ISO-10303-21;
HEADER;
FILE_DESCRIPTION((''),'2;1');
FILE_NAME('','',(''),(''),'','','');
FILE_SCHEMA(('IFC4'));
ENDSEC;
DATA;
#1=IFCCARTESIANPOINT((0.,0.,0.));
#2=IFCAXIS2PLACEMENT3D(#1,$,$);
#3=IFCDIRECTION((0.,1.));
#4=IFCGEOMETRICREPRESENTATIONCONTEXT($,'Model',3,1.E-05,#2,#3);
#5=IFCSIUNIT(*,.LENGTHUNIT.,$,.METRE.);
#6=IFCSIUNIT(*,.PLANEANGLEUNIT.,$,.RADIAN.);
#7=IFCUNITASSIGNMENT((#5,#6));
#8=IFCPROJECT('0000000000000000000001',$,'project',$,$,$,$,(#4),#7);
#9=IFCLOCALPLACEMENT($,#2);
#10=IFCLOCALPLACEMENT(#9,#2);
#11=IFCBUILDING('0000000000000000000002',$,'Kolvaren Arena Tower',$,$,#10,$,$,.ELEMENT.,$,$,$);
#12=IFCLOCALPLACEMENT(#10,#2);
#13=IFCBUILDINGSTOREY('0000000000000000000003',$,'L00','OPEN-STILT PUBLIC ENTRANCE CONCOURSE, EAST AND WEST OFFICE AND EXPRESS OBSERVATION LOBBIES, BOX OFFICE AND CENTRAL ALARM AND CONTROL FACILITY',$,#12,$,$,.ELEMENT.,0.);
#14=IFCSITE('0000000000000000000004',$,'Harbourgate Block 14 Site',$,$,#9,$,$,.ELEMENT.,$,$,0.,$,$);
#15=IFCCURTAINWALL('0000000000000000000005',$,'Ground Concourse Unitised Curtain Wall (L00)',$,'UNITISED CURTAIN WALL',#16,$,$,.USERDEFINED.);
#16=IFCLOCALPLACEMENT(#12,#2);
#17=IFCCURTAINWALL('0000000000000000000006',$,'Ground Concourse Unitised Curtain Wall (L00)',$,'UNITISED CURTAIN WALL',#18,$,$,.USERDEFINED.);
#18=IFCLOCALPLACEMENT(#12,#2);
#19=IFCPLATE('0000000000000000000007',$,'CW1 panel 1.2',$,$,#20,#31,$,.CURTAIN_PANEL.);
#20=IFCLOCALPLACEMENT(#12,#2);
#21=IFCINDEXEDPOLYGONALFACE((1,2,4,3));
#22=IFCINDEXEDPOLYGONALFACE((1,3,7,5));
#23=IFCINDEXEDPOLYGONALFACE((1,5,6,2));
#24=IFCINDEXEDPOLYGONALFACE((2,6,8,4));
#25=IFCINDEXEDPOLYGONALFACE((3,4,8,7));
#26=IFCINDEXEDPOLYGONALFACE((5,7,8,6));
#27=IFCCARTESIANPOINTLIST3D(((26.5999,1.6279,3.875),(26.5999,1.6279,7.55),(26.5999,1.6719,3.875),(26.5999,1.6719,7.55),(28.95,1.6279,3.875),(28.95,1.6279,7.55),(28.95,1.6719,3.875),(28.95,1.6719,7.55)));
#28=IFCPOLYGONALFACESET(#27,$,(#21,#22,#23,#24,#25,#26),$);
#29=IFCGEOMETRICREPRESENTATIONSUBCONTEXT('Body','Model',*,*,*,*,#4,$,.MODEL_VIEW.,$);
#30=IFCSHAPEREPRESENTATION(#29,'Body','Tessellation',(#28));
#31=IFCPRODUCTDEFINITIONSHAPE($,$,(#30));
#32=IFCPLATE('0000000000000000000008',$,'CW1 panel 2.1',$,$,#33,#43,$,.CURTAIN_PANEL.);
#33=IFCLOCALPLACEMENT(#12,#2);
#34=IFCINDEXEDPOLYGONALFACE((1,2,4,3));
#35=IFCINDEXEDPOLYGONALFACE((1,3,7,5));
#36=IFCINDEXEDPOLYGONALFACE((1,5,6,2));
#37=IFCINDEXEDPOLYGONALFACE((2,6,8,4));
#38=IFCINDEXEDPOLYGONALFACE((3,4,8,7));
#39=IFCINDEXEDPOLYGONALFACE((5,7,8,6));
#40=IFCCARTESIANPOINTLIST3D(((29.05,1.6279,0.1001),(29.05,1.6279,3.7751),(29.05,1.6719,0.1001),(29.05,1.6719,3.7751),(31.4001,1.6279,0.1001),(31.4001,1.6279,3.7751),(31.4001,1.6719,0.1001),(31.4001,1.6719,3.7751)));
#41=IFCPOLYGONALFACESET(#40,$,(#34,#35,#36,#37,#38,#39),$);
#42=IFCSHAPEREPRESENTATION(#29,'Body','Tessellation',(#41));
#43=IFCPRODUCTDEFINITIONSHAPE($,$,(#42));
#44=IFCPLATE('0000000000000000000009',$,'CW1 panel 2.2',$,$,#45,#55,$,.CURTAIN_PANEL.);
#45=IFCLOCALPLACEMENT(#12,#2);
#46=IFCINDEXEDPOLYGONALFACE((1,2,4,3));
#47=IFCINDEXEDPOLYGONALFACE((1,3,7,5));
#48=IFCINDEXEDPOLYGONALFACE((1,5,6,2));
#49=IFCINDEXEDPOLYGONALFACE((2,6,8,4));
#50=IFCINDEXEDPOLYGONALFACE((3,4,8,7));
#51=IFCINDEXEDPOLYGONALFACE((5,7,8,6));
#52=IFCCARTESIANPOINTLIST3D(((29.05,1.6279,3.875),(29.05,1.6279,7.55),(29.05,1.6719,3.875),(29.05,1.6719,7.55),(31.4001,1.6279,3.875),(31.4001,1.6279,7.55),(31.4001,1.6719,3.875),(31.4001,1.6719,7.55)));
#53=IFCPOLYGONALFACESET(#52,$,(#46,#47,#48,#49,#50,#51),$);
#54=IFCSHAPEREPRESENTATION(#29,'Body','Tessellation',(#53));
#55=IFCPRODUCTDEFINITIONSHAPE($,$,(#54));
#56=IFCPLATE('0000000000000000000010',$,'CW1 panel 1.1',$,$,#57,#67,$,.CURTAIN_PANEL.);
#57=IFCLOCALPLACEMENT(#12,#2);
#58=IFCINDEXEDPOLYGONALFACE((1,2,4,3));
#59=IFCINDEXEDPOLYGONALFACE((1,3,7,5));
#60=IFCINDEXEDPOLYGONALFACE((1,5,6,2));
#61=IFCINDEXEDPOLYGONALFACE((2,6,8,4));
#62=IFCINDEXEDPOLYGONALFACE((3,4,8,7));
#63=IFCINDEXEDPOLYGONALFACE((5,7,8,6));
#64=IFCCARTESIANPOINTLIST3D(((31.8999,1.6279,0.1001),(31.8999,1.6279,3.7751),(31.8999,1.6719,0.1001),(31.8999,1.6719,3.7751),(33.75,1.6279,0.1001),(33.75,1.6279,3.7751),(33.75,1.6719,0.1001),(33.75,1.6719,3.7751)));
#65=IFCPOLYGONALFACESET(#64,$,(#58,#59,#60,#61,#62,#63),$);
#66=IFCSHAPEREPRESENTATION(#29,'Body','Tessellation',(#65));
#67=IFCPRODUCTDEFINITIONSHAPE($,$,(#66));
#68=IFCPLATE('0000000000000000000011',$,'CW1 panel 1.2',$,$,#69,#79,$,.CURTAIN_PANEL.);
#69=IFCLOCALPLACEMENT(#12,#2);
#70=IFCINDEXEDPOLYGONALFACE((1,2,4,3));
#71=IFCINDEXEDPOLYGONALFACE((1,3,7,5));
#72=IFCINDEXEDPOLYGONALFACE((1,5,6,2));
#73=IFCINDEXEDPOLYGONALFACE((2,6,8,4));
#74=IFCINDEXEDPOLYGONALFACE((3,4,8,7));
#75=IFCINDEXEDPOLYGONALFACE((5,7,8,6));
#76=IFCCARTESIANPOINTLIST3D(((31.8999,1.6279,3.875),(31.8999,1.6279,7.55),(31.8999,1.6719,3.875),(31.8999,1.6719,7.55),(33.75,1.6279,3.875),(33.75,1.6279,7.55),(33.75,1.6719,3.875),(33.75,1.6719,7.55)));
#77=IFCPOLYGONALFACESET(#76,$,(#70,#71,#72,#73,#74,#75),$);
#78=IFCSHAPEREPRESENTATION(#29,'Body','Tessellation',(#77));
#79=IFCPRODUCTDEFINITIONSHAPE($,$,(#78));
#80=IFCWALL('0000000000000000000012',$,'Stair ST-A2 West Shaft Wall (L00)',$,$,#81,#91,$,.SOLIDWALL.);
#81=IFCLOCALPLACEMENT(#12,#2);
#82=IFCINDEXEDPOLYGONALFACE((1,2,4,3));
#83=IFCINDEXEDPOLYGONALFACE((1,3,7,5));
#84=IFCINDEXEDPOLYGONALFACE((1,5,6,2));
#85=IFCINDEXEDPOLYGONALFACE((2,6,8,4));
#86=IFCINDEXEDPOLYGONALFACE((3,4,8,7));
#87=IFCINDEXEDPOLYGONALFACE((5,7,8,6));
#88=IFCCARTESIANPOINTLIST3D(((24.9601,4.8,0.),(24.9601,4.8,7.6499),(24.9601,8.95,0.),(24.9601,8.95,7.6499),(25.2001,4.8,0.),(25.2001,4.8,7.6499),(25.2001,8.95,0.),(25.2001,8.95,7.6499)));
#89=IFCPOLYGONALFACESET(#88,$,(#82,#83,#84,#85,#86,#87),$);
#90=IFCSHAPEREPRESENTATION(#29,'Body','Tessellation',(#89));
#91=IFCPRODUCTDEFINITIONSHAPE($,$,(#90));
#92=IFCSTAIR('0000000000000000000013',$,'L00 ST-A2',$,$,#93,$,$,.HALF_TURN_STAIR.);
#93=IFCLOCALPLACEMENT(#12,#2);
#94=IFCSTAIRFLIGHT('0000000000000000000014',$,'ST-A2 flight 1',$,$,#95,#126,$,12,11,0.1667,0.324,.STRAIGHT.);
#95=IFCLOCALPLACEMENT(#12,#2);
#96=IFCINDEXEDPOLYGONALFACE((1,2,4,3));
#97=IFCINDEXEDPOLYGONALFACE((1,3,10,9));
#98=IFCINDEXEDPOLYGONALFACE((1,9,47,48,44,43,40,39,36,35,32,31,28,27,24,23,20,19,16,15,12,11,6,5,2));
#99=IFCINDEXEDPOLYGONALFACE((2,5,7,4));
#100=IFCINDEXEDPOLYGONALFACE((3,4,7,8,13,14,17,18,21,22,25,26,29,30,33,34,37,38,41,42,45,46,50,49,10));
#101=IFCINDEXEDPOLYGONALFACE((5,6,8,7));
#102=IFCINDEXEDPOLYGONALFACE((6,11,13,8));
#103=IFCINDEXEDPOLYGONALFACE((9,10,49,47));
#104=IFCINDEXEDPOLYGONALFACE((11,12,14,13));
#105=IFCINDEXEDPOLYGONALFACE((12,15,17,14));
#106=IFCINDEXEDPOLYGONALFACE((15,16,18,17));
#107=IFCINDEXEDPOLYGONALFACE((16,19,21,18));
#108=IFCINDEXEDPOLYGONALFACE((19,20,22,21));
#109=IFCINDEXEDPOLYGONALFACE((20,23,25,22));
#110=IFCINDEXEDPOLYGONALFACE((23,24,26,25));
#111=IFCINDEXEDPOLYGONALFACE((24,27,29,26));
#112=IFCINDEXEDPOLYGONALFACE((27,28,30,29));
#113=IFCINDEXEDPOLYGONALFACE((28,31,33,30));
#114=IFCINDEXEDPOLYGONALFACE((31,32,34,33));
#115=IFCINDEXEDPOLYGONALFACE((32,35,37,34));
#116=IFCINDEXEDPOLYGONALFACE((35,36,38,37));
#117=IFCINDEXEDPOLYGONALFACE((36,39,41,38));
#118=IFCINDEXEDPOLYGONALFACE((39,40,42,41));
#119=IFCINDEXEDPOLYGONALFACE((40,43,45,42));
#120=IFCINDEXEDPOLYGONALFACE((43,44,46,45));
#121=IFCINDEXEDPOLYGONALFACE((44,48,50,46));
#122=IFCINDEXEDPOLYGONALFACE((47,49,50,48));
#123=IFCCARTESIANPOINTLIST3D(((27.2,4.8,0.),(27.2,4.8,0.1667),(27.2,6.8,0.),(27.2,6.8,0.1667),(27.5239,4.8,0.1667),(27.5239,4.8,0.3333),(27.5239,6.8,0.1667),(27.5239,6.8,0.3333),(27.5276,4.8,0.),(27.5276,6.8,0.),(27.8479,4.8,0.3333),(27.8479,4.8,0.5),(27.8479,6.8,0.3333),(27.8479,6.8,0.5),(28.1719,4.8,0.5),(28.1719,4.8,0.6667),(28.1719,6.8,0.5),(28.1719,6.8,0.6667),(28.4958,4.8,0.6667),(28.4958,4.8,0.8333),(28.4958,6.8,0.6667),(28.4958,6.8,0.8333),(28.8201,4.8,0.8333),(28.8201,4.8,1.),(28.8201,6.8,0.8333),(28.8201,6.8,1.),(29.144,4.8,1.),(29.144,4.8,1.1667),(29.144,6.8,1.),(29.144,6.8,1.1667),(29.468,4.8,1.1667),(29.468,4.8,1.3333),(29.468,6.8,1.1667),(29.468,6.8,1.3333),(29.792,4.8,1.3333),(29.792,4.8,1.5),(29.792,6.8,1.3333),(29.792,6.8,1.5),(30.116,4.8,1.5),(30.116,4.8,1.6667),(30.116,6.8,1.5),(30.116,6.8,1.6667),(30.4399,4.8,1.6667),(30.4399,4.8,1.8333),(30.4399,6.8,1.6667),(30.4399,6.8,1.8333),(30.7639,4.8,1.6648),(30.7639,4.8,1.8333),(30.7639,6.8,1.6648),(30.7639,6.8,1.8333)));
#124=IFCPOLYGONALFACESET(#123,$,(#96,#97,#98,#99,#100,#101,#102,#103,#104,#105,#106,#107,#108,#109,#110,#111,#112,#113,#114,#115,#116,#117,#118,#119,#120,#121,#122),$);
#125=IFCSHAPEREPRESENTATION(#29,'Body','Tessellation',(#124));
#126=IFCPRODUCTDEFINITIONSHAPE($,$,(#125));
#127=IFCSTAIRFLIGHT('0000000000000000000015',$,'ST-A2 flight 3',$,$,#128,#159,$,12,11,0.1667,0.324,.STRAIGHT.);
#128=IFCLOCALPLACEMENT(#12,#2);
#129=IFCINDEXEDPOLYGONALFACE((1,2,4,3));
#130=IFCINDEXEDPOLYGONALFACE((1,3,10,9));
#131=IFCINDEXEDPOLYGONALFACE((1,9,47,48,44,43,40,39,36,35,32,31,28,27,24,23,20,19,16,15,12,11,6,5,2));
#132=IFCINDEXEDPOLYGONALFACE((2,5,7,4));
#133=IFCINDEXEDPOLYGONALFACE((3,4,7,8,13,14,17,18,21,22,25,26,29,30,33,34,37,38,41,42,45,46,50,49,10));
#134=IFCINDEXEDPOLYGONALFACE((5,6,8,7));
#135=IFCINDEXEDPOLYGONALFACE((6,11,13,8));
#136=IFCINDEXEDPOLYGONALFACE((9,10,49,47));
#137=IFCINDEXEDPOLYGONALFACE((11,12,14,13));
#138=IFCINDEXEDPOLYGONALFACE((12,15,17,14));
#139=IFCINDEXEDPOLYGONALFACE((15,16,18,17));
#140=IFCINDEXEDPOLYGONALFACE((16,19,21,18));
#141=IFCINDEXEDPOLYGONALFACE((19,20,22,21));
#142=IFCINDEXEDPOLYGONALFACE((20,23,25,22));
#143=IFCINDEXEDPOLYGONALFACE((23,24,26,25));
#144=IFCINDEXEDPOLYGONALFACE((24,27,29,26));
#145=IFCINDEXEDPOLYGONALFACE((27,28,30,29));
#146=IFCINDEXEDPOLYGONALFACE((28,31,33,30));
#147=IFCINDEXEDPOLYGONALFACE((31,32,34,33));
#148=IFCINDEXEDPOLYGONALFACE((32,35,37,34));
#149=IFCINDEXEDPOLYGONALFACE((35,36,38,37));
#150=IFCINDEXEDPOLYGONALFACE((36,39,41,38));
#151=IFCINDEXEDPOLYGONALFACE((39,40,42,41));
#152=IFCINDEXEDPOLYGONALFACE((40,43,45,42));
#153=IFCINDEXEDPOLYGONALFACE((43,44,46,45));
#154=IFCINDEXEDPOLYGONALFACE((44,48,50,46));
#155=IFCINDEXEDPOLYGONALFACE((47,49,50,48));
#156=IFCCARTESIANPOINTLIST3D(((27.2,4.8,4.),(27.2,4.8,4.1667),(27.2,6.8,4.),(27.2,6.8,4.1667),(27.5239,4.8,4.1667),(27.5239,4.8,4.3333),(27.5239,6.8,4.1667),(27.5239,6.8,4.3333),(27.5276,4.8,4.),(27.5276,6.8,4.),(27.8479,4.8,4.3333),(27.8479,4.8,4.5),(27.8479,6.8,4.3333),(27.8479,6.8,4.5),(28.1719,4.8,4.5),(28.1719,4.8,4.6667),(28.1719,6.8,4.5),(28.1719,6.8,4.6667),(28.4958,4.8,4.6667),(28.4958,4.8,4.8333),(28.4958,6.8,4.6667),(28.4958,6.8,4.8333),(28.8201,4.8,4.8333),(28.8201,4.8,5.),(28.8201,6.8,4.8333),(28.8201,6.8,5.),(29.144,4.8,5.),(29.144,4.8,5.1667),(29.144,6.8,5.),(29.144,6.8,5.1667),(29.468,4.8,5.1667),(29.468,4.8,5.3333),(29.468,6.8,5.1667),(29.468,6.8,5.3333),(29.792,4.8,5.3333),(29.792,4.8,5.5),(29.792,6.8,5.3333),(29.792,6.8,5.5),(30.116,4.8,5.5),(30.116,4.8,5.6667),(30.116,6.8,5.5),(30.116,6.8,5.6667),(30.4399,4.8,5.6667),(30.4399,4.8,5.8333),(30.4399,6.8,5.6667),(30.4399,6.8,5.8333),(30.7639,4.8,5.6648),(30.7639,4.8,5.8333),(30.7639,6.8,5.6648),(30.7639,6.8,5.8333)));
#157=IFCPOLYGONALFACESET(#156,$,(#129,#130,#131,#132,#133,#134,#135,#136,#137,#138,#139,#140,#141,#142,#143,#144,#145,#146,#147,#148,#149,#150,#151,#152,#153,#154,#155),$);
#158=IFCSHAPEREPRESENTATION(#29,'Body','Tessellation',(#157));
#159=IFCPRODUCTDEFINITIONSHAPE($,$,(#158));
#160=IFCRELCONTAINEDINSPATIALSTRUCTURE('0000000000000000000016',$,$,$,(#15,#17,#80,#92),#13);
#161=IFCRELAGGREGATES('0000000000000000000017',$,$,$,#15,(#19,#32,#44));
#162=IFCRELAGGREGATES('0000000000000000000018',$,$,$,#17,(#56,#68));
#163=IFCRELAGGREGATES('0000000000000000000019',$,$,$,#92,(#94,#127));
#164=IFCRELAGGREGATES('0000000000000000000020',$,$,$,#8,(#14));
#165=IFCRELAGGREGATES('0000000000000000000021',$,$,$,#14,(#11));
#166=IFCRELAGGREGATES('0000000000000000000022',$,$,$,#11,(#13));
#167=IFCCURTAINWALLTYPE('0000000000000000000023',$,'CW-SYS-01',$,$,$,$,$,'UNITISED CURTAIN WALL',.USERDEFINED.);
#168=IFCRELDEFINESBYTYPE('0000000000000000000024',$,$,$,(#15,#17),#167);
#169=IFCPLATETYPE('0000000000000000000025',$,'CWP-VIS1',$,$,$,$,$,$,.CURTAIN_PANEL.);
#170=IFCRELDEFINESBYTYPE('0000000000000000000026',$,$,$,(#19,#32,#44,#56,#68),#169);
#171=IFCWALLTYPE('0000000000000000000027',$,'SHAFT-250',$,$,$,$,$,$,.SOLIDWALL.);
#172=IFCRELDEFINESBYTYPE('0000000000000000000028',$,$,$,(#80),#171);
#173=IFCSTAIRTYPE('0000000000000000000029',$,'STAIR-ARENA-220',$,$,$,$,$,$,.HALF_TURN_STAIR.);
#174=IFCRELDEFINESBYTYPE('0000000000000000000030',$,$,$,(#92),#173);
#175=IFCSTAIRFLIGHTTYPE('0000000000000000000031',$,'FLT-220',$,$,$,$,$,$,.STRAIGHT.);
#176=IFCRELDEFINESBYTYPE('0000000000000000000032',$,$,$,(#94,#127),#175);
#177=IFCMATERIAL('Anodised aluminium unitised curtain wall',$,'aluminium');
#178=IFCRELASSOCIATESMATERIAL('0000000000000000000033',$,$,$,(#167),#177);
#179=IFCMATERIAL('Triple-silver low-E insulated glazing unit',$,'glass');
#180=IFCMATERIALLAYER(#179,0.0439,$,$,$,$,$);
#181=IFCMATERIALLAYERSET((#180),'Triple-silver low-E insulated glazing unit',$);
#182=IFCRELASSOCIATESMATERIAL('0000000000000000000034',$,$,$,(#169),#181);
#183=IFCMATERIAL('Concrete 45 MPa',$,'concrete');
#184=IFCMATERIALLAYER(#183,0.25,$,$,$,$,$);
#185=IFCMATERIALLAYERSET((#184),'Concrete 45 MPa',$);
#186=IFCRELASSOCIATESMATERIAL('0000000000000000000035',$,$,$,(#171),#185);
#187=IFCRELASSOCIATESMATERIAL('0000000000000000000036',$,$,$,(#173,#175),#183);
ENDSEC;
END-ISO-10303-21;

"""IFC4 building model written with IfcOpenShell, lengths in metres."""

from ifc_helpers import new_model, si_unit, direction, frame, frame_2d, origin, origin_2d, place, context, subcontext, project, spatial, polyline, rectangle, outline, extrude, material, layer, layer_set, type_object, element, aggregate, save


model = new_model("IFC4")

# Units and contexts
model_context = context("Model", 3, precision=1e-05, world=origin(), true_north=direction((0.0, 1.0)))
body_context = subcontext(model_context, "Body", "Model", "MODEL_VIEW")
ifc_project = project(units=[si_unit("LENGTHUNIT", "METRE"), si_unit("PLANEANGLEUNIT", "RADIAN")], contexts=[model_context])

# Site, building, storey
site_placement = place(None, origin())
site = spatial("IfcSite", under=ifc_project, at=site_placement, Name="Harbourgate Block 14 Site", CompositionType="ELEMENT", RefElevation=0.0)
building_placement = place(site_placement, origin())
building = spatial("IfcBuilding", under=site, at=building_placement, Name="Kolvaren Arena Tower", CompositionType="ELEMENT")
storey_placement = place(building_placement, origin())
storey = spatial("IfcBuildingStorey", under=building, at=storey_placement, Name="L00", Description="OPEN-STILT PUBLIC ENTRANCE CONCOURSE, EAST AND WEST OFFICE AND EXPRESS OBSERVATION LOBBIES, BOX OFFICE AND CENTRAL ALARM AND CONTROL FACILITY", CompositionType="ELEMENT", Elevation=0.0)

# Curtain wall
ifc_material_1 = material(Name="Anodised aluminium unitised curtain wall", Category="aluminium")
curtain_wall_type = type_object("IfcCurtainWallType", Name="CW-SYS-01", ElementType="UNITISED CURTAIN WALL", PredefinedType="USERDEFINED", material=ifc_material_1)
curtain_wall_1_placement = place(storey_placement, origin())
curtain_wall_1 = element("IfcCurtainWall", 1, at=curtain_wall_1_placement, inside=storey, type_object=curtain_wall_type, Name="Ground Concourse Unitised Curtain Wall (L00)", ObjectType="UNITISED CURTAIN WALL", PredefinedType="USERDEFINED")

# Curtain wall
curtain_wall_2_placement = place(storey_placement, origin())
curtain_wall_2 = element("IfcCurtainWall", 2, at=curtain_wall_2_placement, inside=storey, type_object=curtain_wall_type, Name="Ground Concourse Unitised Curtain Wall (L00)", ObjectType="UNITISED CURTAIN WALL", PredefinedType="USERDEFINED")

# Plates
ifc_material_2 = material(Name="Triple-silver low-E insulated glazing unit", Category="glass")
ifc_layer_1 = layer(ifc_material_2, 0.0439)
ifc_layer_set_1 = layer_set([ifc_layer_1], Name="Triple-silver low-E insulated glazing unit")
plate_type = type_object("IfcPlateType", Name="CWP-VIS1", PredefinedType="CURTAIN_PANEL", material=ifc_layer_set_1)
plate_1_placement = place(storey_placement, frame((27.7749, 1.6499, 3.875), z_axis=(0.0, 0.0, 1.0), x_axis=(1.0, 0.0, 0.0)))
plate_1 = element("IfcPlate", 3, at=plate_1_placement, type_object=plate_type, Name="CW1 panel 1.2", PredefinedType="CURTAIN_PANEL", context=body_context, shape_type="SweptSolid", body=[
    extrude(rectangle(XDim=2.3501, YDim=0.0439, at=origin_2d()), origin(), (0.0, 0.0, 1.0), 3.675),
])
plate_2_placement = place(storey_placement, frame((30.2251, 1.6499, 0.1001), z_axis=(0.0, 0.0, 1.0), x_axis=(1.0, 0.0, 0.0)))
plate_2 = element("IfcPlate", 4, at=plate_2_placement, type_object=plate_type, Name="CW1 panel 2.1", PredefinedType="CURTAIN_PANEL", context=body_context, shape_type="SweptSolid", body=[
    extrude(rectangle(XDim=2.3501, YDim=0.0439, at=origin_2d()), origin(), (0.0, 0.0, 1.0), 3.675),
])
plate_3_placement = place(storey_placement, frame((30.2251, 1.6499, 3.875), z_axis=(0.0, 0.0, 1.0), x_axis=(1.0, 0.0, 0.0)))
plate_3 = element("IfcPlate", 5, at=plate_3_placement, type_object=plate_type, Name="CW1 panel 2.2", PredefinedType="CURTAIN_PANEL", context=body_context, shape_type="SweptSolid", body=[
    extrude(rectangle(XDim=2.3501, YDim=0.0439, at=origin_2d()), origin(), (0.0, 0.0, 1.0), 3.675),
])
aggregate(curtain_wall_1, [plate_1, plate_2, plate_3])
plate_4_placement = place(storey_placement, frame((32.825, 1.6499, 0.1001), z_axis=(0.0, 0.0, 1.0), x_axis=(1.0, 0.0, 0.0)))
plate_4 = element("IfcPlate", 6, at=plate_4_placement, type_object=plate_type, Name="CW1 panel 1.1", PredefinedType="CURTAIN_PANEL", context=body_context, shape_type="SweptSolid", body=[
    extrude(rectangle(XDim=1.8501, YDim=0.0439, at=origin_2d()), origin(), (0.0, 0.0, 1.0), 3.675),
])
plate_5_placement = place(storey_placement, frame((32.825, 1.6499, 3.875), z_axis=(0.0, 0.0, 1.0), x_axis=(1.0, 0.0, 0.0)))
plate_5 = element("IfcPlate", 7, at=plate_5_placement, type_object=plate_type, Name="CW1 panel 1.2", PredefinedType="CURTAIN_PANEL", context=body_context, shape_type="SweptSolid", body=[
    extrude(rectangle(XDim=1.8501, YDim=0.0439, at=origin_2d()), origin(), (0.0, 0.0, 1.0), 3.675),
])
aggregate(curtain_wall_2, [plate_4, plate_5])

# Wall
ifc_material_3 = material(Name="Concrete 45 MPa", Category="concrete")
ifc_layer_2 = layer(ifc_material_3, 0.25)
ifc_layer_set_2 = layer_set([ifc_layer_2], Name="Concrete 45 MPa")
wall_type = type_object("IfcWallType", Name="SHAFT-250", PredefinedType="SOLIDWALL", material=ifc_layer_set_2)
wall_placement = place(storey_placement, frame((25.0801, 4.8, 0.0), z_axis=(0.0, 0.0, 1.0), x_axis=(0.0, 1.0, 0.0)))
element("IfcWall", 8, at=wall_placement, inside=storey, type_object=wall_type, Name="Stair ST-A2 West Shaft Wall (L00)", PredefinedType="SOLIDWALL", context=body_context, shape_type="SweptSolid", body=[
    extrude(rectangle(XDim=4.1499, YDim=0.24, at=frame_2d((2.075, 0.0))), origin(), (0.0, 0.0, 1.0), 7.6499),
])

# Stair, stair flights
stair_type = type_object("IfcStairType", Name="STAIR-ARENA-220", PredefinedType="HALF_TURN_STAIR", material=ifc_material_3)
stair_placement = place(storey_placement, origin())
stair = element("IfcStair", 9, at=stair_placement, inside=storey, type_object=stair_type, Name="L00 ST-A2", PredefinedType="HALF_TURN_STAIR")
stair_flight_type = type_object("IfcStairFlightType", Name="FLT-220", PredefinedType="STRAIGHT", material=ifc_material_3)
stair_flight_1_placement = place(storey_placement, frame((27.2, 5.8, 0.0), z_axis=(0.0, 0.0, 1.0), x_axis=(1.0, 0.0, 0.0)))
stair_flight_1 = element("IfcStairFlight", 10, at=stair_flight_1_placement, type_object=stair_flight_type, Name="ST-A2 flight 1", NumberOfRisers=12, NumberOfTreads=11, PredefinedType="STRAIGHT", RiserHeight=0.1667, TreadLength=0.324, context=body_context, shape_type="SweptSolid", body=[
    extrude(outline(polyline([(0.0, 0.0), (0.0, 0.1667), (0.324, 0.1667), (0.324, 0.3333), (0.6479, 0.3333), (0.6479, 0.5), (0.9719, 0.5), (0.9719, 0.6667), (1.2959, 0.6667), (1.2959, 0.8333), (1.6201, 0.8333), (1.6201, 1.0), (1.9441, 1.0), (1.9441, 1.1667), (2.2681, 1.1667), (2.2681, 1.3333), (2.592, 1.3333), (2.592, 1.5), (2.916, 1.5), (2.916, 1.6667), (3.24, 1.6667), (3.24, 1.8333), (3.564, 1.8333), (3.564, 2.0), (3.564, 1.6648), (0.3276, 0.0), (0.0, 0.0)])), frame((0.0, 1.0, 0.0), z_axis=(0.0, -1.0, 0.0), x_axis=(1.0, 0.0, 0.0)), (0.0, 0.0, 1.0), 2.0),
])
stair_flight_2_placement = place(storey_placement, frame((27.2, 5.8, 4.0), z_axis=(0.0, 0.0, 1.0), x_axis=(1.0, 0.0, 0.0)))
stair_flight_2 = element("IfcStairFlight", 11, at=stair_flight_2_placement, type_object=stair_flight_type, Name="ST-A2 flight 3", NumberOfRisers=12, NumberOfTreads=11, PredefinedType="STRAIGHT", RiserHeight=0.1667, TreadLength=0.324, context=body_context, shape_type="SweptSolid", body=[
    extrude(outline(polyline([(0.0, 0.0), (0.0, 0.1667), (0.324, 0.1667), (0.324, 0.3333), (0.6479, 0.3333), (0.6479, 0.5), (0.9719, 0.5), (0.9719, 0.6667), (1.2959, 0.6667), (1.2959, 0.8333), (1.6201, 0.8333), (1.6201, 1.0), (1.9441, 1.0), (1.9441, 1.1667), (2.2681, 1.1667), (2.2681, 1.3333), (2.592, 1.3333), (2.592, 1.5), (2.916, 1.5), (2.916, 1.6667), (3.24, 1.6667), (3.24, 1.8333), (3.564, 1.8333), (3.564, 2.0), (3.564, 1.6648), (0.3276, 0.0), (0.0, 0.0)])), frame((0.0, 1.0, 0.0), z_axis=(0.0, -1.0, 0.0), x_axis=(1.0, 0.0, 0.0)), (0.0, 0.0, 1.0), 2.0),
])
aggregate(stair, [stair_flight_1, stair_flight_2])

save(model, "model.ifc")
